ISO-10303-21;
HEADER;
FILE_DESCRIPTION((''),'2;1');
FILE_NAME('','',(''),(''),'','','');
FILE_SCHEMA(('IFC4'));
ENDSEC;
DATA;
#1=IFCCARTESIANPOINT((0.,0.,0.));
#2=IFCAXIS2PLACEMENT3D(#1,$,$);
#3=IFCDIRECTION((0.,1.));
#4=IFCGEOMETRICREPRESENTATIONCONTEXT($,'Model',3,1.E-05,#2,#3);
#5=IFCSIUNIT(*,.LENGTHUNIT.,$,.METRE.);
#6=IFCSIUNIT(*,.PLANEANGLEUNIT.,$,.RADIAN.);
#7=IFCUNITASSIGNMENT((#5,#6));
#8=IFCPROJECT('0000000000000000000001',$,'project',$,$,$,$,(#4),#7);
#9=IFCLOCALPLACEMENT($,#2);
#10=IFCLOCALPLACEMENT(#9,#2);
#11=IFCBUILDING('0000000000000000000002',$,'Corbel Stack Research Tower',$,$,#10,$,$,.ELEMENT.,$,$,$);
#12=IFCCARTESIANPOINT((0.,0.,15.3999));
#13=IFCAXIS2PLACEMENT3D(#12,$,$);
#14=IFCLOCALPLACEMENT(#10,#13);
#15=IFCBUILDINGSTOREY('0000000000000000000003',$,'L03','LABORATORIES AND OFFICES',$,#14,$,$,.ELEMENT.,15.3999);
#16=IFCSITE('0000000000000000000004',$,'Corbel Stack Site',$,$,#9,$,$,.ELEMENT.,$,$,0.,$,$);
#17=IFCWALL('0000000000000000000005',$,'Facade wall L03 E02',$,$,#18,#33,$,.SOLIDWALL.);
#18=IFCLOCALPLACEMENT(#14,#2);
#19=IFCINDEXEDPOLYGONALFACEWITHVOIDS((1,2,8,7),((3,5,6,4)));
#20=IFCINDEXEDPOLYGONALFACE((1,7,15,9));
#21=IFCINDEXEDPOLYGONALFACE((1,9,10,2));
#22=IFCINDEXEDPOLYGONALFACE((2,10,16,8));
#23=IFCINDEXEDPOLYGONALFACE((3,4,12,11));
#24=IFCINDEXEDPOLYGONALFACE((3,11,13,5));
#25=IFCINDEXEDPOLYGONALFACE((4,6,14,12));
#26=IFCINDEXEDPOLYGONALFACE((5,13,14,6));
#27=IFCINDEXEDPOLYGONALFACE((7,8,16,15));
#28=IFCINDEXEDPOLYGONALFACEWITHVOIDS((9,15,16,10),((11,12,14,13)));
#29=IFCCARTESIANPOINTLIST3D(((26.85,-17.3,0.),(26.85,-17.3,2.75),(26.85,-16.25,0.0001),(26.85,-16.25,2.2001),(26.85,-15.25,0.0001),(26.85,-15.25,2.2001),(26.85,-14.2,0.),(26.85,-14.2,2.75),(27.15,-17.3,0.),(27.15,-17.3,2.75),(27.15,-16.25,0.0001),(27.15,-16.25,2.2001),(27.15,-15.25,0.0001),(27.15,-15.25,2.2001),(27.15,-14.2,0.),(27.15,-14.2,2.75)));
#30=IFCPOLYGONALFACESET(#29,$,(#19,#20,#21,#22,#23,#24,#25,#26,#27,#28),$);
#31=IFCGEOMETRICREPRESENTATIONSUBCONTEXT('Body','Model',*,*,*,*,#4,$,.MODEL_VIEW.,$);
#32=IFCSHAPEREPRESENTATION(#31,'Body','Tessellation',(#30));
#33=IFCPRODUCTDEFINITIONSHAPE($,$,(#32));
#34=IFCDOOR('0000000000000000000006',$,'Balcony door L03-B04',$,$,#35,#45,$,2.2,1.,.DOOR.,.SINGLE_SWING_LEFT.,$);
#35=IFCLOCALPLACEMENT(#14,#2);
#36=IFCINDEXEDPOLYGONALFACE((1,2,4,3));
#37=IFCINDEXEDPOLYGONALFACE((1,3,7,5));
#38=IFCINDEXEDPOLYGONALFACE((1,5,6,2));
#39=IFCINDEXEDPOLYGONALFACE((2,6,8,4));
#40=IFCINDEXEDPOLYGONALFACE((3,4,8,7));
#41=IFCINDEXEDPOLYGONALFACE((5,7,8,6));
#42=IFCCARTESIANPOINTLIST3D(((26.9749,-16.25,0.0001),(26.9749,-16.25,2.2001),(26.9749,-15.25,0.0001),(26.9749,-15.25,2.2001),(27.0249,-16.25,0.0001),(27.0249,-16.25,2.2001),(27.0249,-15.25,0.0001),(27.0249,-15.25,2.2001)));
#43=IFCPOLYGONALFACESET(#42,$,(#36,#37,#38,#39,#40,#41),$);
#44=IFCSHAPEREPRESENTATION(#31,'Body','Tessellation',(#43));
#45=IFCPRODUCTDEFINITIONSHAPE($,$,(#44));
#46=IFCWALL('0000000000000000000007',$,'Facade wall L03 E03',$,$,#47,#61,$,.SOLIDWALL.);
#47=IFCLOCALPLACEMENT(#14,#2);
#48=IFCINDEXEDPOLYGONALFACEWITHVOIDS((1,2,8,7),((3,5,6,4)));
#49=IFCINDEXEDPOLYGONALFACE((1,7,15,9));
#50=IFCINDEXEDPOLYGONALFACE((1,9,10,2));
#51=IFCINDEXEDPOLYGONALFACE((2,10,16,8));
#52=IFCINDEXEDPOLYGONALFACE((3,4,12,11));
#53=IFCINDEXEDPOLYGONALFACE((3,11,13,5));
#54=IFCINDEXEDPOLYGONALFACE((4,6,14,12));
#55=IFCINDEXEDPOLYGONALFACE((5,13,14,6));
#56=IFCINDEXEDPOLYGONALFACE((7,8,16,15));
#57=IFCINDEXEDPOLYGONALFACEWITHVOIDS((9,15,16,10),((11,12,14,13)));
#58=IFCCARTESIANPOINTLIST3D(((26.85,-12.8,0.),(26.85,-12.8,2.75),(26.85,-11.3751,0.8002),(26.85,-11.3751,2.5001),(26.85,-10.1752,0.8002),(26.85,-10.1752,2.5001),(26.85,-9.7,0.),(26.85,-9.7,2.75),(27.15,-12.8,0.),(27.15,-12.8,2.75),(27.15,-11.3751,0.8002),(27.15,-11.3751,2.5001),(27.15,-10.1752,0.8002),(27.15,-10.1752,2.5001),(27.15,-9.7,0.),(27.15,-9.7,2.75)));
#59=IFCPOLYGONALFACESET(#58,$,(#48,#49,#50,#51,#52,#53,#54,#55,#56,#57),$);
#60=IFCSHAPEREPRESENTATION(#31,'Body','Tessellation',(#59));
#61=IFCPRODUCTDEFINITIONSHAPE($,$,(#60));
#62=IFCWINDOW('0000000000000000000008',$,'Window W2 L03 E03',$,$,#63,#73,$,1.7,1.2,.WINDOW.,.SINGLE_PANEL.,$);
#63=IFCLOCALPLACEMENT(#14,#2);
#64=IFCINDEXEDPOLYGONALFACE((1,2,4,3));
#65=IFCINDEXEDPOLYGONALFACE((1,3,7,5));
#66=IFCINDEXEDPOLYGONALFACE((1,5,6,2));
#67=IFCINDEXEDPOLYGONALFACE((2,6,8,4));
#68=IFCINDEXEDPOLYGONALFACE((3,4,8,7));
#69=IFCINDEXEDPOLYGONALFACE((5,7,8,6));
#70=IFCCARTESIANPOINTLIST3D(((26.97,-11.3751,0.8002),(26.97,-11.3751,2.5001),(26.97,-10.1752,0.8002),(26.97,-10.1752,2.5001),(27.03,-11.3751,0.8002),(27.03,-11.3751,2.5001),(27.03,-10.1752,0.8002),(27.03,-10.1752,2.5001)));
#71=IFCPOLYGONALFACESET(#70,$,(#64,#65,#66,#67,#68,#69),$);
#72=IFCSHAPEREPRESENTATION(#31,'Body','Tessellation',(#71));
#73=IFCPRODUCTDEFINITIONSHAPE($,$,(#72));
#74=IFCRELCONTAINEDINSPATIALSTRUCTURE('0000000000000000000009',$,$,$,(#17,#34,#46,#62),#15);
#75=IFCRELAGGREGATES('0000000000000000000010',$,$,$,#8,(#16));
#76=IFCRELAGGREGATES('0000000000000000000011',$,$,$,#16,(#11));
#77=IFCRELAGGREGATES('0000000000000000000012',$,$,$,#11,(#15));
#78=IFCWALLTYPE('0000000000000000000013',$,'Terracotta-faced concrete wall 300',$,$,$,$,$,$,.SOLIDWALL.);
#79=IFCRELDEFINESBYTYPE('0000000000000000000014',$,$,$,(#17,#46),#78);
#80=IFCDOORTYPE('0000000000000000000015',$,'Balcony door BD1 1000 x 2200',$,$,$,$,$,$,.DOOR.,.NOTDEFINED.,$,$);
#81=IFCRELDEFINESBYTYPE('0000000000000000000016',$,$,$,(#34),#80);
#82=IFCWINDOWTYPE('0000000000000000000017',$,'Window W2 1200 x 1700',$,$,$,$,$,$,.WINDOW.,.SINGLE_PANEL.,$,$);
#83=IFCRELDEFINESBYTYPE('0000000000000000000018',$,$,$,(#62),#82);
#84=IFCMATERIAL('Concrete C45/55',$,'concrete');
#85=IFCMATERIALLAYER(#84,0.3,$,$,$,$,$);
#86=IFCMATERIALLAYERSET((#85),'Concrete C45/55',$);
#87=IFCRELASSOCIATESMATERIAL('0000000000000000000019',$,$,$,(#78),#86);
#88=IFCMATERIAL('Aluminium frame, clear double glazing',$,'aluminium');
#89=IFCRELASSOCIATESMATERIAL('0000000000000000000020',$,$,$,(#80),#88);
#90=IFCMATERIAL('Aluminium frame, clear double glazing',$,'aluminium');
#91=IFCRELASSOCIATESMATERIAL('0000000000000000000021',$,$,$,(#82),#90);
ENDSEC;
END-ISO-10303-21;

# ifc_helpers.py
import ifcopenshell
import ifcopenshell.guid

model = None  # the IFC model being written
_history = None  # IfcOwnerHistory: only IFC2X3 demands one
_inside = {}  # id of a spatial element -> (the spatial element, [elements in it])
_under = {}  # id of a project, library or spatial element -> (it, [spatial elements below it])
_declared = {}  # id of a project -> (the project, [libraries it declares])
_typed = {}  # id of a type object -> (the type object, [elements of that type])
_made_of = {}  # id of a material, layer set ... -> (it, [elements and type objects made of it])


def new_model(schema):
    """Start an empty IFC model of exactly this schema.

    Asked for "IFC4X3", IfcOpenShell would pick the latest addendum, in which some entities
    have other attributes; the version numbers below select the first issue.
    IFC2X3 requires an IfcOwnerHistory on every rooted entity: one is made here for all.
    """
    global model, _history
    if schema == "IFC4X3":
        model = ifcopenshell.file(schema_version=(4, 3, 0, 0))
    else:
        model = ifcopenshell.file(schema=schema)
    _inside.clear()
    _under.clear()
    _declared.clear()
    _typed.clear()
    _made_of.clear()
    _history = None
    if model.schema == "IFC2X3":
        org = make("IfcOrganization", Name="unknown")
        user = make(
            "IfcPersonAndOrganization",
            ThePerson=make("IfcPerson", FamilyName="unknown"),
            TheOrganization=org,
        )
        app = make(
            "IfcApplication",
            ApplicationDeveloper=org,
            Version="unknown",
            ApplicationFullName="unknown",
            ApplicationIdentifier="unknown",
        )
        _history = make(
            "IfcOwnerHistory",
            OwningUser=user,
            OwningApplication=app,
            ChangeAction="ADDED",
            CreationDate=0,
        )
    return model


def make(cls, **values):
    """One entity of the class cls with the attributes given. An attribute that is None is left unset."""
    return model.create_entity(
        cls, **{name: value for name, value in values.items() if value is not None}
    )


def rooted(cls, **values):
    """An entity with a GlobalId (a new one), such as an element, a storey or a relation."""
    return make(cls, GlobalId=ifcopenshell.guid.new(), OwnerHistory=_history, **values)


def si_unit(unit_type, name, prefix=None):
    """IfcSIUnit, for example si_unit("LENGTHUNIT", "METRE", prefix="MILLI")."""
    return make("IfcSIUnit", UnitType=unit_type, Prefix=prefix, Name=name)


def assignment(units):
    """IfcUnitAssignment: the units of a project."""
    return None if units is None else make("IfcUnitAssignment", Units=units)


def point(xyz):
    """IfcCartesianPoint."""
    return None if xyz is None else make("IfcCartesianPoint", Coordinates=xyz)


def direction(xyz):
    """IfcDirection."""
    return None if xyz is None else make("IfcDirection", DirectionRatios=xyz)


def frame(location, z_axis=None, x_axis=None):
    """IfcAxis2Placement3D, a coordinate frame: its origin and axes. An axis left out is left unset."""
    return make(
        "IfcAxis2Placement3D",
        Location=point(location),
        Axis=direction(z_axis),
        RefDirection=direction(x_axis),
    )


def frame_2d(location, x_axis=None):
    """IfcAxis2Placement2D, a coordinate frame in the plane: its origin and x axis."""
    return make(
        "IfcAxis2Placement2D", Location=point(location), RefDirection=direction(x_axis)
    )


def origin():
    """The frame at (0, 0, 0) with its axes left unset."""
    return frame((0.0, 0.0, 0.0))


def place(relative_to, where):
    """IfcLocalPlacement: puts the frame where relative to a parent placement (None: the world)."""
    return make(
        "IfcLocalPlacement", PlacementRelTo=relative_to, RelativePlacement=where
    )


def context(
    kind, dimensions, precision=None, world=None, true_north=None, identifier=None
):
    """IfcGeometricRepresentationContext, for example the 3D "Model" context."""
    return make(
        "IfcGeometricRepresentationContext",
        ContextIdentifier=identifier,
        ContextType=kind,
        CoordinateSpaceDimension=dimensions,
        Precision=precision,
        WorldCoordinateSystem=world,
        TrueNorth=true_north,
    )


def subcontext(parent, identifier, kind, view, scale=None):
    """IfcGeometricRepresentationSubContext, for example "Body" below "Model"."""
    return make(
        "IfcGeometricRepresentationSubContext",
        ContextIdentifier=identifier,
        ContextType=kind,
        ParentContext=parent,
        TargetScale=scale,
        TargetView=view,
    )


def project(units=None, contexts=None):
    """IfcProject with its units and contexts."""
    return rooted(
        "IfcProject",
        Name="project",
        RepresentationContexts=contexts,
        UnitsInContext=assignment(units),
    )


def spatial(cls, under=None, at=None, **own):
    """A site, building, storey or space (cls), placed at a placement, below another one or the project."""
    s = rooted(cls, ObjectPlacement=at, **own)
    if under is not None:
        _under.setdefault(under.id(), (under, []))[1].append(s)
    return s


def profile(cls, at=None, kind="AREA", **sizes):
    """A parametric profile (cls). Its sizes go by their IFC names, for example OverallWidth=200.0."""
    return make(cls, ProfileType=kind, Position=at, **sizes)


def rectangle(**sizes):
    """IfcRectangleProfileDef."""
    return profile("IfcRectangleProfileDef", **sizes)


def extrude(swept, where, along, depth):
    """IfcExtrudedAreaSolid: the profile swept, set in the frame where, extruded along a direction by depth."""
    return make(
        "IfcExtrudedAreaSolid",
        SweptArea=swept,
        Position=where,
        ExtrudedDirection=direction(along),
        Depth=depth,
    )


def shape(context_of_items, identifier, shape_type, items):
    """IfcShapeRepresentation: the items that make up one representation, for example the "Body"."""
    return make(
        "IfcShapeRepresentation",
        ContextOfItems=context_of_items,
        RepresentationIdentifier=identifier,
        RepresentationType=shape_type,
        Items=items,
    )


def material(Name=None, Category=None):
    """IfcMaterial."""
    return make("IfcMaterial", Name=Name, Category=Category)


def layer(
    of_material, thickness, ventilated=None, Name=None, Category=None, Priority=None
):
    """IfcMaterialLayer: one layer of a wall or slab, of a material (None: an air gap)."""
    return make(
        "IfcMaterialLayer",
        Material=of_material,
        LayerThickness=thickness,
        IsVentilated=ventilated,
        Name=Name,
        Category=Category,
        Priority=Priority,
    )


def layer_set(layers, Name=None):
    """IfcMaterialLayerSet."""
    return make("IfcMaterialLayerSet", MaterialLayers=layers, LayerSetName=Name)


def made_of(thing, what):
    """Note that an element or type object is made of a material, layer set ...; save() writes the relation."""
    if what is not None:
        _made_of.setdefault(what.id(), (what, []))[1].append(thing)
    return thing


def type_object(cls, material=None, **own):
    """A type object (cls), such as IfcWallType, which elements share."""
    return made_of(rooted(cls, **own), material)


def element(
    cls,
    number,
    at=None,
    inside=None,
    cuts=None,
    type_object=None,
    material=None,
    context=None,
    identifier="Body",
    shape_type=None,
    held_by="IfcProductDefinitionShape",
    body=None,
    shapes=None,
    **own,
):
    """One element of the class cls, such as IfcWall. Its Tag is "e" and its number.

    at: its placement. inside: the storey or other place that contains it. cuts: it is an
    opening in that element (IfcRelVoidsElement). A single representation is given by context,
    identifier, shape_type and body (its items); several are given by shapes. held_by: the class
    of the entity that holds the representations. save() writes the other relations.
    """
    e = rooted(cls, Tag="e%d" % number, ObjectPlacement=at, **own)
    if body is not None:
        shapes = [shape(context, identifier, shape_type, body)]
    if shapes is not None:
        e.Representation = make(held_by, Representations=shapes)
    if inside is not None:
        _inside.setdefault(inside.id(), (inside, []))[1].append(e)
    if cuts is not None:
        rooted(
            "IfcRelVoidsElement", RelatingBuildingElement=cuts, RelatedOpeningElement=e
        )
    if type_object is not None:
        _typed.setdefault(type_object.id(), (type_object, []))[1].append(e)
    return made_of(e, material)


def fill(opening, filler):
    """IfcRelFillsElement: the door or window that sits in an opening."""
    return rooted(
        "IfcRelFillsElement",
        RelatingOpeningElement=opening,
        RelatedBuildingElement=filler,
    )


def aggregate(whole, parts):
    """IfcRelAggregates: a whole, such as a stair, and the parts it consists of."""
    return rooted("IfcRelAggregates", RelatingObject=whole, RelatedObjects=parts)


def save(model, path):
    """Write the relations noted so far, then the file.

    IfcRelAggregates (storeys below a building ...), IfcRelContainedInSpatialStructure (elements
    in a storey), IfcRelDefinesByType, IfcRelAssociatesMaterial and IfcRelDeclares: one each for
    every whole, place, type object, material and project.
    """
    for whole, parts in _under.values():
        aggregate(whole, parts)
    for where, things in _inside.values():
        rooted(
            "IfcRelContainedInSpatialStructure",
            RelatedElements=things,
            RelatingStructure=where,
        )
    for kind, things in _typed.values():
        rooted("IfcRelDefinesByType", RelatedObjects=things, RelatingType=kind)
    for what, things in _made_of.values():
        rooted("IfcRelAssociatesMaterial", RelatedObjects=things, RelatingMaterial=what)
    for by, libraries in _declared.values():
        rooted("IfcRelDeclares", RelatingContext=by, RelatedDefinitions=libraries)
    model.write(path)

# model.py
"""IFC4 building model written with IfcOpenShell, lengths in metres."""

from ifc_helpers import new_model, si_unit, direction, frame, frame_2d, origin, place, context, subcontext, project, spatial, rectangle, extrude, material, layer, layer_set, type_object, element, fill, save


model = new_model("IFC4")

# Units and contexts
model_context = context("Model", 3, precision=1e-05, world=origin(), true_north=direction((0.0, 1.0)))
body_context = subcontext(model_context, "Body", "Model", "MODEL_VIEW")
ifc_project = project(units=[si_unit("LENGTHUNIT", "METRE"), si_unit("PLANEANGLEUNIT", "RADIAN")], contexts=[model_context])

# Site, building, storey
site_placement = place(None, origin())
site = spatial("IfcSite", under=ifc_project, at=site_placement, Name="Corbel Stack Site", CompositionType="ELEMENT", RefElevation=0.0)
building_placement = place(site_placement, origin())
building = spatial("IfcBuilding", under=site, at=building_placement, Name="Corbel Stack Research Tower", CompositionType="ELEMENT")
storey_placement = place(building_placement, frame((0.0, 0.0, 15.3999)))
storey = spatial("IfcBuildingStorey", under=building, at=storey_placement, Name="L03", Description="LABORATORIES AND OFFICES", CompositionType="ELEMENT", Elevation=15.3999)

# Wall, opening, door
ifc_material_1 = material(Name="Concrete C45/55", Category="concrete")
ifc_layer_1 = layer(ifc_material_1, 0.3)
ifc_layer_set_1 = layer_set([ifc_layer_1], Name="Concrete C45/55")
wall_type_1 = type_object("IfcWallType", Name="Terracotta-faced concrete wall 300", PredefinedType="SOLIDWALL", material=ifc_layer_set_1)
wall_1_placement = place(storey_placement, frame((27.0, -14.2, 0.0), z_axis=(0.0, 0.0, 1.0), x_axis=(0.0, -1.0, 0.0)))
wall_1 = element("IfcWall", 1, at=wall_1_placement, inside=storey, type_object=wall_type_1, Name="Facade wall L03 E02", PredefinedType="SOLIDWALL", context=body_context, shape_type="SweptSolid", body=[
    extrude(rectangle(XDim=3.1001, YDim=0.3, at=frame_2d((1.55, 0.0))), origin(), (0.0, 0.0, 1.0), 2.75),
])
opening_1_placement = place(wall_1_placement, frame((1.05, 0.0, 0.0)))
opening_1 = element("IfcOpeningElement", 2, at=opening_1_placement, cuts=wall_1, PredefinedType="OPENING", context=body_context, shape_type="SweptSolid", body=[
    extrude(rectangle(XDim=1.0, YDim=2.2, at=frame_2d((0.5, 1.1001))), frame((0.0, 0.1599, 0.0), z_axis=(0.0, -1.0, 0.0), x_axis=(1.0, 0.0, 0.0)), (0.0, 0.0, 1.0), 0.3201),
])
ifc_material_2 = material(Name="Aluminium frame, clear double glazing", Category="aluminium")
door_type_1 = type_object("IfcDoorType", Name="Balcony door BD1 1000 x 2200", OperationType="NOTDEFINED", PredefinedType="DOOR", material=ifc_material_2)
door_1_placement = place(opening_1_placement, origin())
door_1 = element("IfcDoor", 3, at=door_1_placement, inside=storey, type_object=door_type_1, Name="Balcony door L03-B04", OperationType="SINGLE_SWING_LEFT", OverallHeight=2.2, OverallWidth=1.0, PredefinedType="DOOR", context=body_context, shape_type="SweptSolid", body=[
    extrude(rectangle(XDim=1.0, YDim=2.2, at=frame_2d((0.5, 1.1001))), frame((0.0, 0.0249, 0.0), z_axis=(0.0, -1.0, 0.0), x_axis=(1.0, 0.0, 0.0)), (0.0, 0.0, 1.0), 0.05),
])
fill(opening_1, door_1)

# Wall, opening, window
wall_2_placement = place(storey_placement, frame((27.0, -9.7, 0.0), z_axis=(0.0, 0.0, 1.0), x_axis=(0.0, -1.0, 0.0)))
wall_2 = element("IfcWall", 4, at=wall_2_placement, inside=storey, type_object=wall_type_1, Name="Facade wall L03 E03", PredefinedType="SOLIDWALL", context=body_context, shape_type="SweptSolid", body=[
    extrude(rectangle(XDim=3.1001, YDim=0.3, at=frame_2d((1.55, 0.0))), origin(), (0.0, 0.0, 1.0), 2.75),
])
opening_2_placement = place(wall_2_placement, frame((0.4751, 0.0, 0.8)))
opening_2 = element("IfcOpeningElement", 5, at=opening_2_placement, cuts=wall_2, PredefinedType="OPENING", context=body_context, shape_type="SweptSolid", body=[
    extrude(rectangle(XDim=1.2, YDim=1.7, at=frame_2d((0.6001, 0.8501))), frame((0.0, 0.1599, 0.0), z_axis=(0.0, -1.0, 0.0), x_axis=(1.0, 0.0, 0.0)), (0.0, 0.0, 1.0), 0.3201),
])
ifc_material_3 = material(Name="Aluminium frame, clear double glazing", Category="aluminium")
window_type = type_object("IfcWindowType", Name="Window W2 1200 x 1700", PartitioningType="SINGLE_PANEL", PredefinedType="WINDOW", material=ifc_material_3)
window_placement = place(opening_2_placement, origin())
window = element("IfcWindow", 6, at=window_placement, inside=storey, type_object=window_type, Name="Window W2 L03 E03", OverallHeight=1.7, OverallWidth=1.2, PartitioningType="SINGLE_PANEL", PredefinedType="WINDOW", context=body_context, shape_type="SweptSolid", body=[
    extrude(rectangle(XDim=1.2, YDim=1.7, at=frame_2d((0.6001, 0.8501))), frame((0.0, 0.03, 0.0), z_axis=(0.0, -1.0, 0.0), x_axis=(1.0, 0.0, 0.0)), (0.0, 0.0, 1.0), 0.0601),
])
fill(opening_2, window)

save(model, "model.ifc")
